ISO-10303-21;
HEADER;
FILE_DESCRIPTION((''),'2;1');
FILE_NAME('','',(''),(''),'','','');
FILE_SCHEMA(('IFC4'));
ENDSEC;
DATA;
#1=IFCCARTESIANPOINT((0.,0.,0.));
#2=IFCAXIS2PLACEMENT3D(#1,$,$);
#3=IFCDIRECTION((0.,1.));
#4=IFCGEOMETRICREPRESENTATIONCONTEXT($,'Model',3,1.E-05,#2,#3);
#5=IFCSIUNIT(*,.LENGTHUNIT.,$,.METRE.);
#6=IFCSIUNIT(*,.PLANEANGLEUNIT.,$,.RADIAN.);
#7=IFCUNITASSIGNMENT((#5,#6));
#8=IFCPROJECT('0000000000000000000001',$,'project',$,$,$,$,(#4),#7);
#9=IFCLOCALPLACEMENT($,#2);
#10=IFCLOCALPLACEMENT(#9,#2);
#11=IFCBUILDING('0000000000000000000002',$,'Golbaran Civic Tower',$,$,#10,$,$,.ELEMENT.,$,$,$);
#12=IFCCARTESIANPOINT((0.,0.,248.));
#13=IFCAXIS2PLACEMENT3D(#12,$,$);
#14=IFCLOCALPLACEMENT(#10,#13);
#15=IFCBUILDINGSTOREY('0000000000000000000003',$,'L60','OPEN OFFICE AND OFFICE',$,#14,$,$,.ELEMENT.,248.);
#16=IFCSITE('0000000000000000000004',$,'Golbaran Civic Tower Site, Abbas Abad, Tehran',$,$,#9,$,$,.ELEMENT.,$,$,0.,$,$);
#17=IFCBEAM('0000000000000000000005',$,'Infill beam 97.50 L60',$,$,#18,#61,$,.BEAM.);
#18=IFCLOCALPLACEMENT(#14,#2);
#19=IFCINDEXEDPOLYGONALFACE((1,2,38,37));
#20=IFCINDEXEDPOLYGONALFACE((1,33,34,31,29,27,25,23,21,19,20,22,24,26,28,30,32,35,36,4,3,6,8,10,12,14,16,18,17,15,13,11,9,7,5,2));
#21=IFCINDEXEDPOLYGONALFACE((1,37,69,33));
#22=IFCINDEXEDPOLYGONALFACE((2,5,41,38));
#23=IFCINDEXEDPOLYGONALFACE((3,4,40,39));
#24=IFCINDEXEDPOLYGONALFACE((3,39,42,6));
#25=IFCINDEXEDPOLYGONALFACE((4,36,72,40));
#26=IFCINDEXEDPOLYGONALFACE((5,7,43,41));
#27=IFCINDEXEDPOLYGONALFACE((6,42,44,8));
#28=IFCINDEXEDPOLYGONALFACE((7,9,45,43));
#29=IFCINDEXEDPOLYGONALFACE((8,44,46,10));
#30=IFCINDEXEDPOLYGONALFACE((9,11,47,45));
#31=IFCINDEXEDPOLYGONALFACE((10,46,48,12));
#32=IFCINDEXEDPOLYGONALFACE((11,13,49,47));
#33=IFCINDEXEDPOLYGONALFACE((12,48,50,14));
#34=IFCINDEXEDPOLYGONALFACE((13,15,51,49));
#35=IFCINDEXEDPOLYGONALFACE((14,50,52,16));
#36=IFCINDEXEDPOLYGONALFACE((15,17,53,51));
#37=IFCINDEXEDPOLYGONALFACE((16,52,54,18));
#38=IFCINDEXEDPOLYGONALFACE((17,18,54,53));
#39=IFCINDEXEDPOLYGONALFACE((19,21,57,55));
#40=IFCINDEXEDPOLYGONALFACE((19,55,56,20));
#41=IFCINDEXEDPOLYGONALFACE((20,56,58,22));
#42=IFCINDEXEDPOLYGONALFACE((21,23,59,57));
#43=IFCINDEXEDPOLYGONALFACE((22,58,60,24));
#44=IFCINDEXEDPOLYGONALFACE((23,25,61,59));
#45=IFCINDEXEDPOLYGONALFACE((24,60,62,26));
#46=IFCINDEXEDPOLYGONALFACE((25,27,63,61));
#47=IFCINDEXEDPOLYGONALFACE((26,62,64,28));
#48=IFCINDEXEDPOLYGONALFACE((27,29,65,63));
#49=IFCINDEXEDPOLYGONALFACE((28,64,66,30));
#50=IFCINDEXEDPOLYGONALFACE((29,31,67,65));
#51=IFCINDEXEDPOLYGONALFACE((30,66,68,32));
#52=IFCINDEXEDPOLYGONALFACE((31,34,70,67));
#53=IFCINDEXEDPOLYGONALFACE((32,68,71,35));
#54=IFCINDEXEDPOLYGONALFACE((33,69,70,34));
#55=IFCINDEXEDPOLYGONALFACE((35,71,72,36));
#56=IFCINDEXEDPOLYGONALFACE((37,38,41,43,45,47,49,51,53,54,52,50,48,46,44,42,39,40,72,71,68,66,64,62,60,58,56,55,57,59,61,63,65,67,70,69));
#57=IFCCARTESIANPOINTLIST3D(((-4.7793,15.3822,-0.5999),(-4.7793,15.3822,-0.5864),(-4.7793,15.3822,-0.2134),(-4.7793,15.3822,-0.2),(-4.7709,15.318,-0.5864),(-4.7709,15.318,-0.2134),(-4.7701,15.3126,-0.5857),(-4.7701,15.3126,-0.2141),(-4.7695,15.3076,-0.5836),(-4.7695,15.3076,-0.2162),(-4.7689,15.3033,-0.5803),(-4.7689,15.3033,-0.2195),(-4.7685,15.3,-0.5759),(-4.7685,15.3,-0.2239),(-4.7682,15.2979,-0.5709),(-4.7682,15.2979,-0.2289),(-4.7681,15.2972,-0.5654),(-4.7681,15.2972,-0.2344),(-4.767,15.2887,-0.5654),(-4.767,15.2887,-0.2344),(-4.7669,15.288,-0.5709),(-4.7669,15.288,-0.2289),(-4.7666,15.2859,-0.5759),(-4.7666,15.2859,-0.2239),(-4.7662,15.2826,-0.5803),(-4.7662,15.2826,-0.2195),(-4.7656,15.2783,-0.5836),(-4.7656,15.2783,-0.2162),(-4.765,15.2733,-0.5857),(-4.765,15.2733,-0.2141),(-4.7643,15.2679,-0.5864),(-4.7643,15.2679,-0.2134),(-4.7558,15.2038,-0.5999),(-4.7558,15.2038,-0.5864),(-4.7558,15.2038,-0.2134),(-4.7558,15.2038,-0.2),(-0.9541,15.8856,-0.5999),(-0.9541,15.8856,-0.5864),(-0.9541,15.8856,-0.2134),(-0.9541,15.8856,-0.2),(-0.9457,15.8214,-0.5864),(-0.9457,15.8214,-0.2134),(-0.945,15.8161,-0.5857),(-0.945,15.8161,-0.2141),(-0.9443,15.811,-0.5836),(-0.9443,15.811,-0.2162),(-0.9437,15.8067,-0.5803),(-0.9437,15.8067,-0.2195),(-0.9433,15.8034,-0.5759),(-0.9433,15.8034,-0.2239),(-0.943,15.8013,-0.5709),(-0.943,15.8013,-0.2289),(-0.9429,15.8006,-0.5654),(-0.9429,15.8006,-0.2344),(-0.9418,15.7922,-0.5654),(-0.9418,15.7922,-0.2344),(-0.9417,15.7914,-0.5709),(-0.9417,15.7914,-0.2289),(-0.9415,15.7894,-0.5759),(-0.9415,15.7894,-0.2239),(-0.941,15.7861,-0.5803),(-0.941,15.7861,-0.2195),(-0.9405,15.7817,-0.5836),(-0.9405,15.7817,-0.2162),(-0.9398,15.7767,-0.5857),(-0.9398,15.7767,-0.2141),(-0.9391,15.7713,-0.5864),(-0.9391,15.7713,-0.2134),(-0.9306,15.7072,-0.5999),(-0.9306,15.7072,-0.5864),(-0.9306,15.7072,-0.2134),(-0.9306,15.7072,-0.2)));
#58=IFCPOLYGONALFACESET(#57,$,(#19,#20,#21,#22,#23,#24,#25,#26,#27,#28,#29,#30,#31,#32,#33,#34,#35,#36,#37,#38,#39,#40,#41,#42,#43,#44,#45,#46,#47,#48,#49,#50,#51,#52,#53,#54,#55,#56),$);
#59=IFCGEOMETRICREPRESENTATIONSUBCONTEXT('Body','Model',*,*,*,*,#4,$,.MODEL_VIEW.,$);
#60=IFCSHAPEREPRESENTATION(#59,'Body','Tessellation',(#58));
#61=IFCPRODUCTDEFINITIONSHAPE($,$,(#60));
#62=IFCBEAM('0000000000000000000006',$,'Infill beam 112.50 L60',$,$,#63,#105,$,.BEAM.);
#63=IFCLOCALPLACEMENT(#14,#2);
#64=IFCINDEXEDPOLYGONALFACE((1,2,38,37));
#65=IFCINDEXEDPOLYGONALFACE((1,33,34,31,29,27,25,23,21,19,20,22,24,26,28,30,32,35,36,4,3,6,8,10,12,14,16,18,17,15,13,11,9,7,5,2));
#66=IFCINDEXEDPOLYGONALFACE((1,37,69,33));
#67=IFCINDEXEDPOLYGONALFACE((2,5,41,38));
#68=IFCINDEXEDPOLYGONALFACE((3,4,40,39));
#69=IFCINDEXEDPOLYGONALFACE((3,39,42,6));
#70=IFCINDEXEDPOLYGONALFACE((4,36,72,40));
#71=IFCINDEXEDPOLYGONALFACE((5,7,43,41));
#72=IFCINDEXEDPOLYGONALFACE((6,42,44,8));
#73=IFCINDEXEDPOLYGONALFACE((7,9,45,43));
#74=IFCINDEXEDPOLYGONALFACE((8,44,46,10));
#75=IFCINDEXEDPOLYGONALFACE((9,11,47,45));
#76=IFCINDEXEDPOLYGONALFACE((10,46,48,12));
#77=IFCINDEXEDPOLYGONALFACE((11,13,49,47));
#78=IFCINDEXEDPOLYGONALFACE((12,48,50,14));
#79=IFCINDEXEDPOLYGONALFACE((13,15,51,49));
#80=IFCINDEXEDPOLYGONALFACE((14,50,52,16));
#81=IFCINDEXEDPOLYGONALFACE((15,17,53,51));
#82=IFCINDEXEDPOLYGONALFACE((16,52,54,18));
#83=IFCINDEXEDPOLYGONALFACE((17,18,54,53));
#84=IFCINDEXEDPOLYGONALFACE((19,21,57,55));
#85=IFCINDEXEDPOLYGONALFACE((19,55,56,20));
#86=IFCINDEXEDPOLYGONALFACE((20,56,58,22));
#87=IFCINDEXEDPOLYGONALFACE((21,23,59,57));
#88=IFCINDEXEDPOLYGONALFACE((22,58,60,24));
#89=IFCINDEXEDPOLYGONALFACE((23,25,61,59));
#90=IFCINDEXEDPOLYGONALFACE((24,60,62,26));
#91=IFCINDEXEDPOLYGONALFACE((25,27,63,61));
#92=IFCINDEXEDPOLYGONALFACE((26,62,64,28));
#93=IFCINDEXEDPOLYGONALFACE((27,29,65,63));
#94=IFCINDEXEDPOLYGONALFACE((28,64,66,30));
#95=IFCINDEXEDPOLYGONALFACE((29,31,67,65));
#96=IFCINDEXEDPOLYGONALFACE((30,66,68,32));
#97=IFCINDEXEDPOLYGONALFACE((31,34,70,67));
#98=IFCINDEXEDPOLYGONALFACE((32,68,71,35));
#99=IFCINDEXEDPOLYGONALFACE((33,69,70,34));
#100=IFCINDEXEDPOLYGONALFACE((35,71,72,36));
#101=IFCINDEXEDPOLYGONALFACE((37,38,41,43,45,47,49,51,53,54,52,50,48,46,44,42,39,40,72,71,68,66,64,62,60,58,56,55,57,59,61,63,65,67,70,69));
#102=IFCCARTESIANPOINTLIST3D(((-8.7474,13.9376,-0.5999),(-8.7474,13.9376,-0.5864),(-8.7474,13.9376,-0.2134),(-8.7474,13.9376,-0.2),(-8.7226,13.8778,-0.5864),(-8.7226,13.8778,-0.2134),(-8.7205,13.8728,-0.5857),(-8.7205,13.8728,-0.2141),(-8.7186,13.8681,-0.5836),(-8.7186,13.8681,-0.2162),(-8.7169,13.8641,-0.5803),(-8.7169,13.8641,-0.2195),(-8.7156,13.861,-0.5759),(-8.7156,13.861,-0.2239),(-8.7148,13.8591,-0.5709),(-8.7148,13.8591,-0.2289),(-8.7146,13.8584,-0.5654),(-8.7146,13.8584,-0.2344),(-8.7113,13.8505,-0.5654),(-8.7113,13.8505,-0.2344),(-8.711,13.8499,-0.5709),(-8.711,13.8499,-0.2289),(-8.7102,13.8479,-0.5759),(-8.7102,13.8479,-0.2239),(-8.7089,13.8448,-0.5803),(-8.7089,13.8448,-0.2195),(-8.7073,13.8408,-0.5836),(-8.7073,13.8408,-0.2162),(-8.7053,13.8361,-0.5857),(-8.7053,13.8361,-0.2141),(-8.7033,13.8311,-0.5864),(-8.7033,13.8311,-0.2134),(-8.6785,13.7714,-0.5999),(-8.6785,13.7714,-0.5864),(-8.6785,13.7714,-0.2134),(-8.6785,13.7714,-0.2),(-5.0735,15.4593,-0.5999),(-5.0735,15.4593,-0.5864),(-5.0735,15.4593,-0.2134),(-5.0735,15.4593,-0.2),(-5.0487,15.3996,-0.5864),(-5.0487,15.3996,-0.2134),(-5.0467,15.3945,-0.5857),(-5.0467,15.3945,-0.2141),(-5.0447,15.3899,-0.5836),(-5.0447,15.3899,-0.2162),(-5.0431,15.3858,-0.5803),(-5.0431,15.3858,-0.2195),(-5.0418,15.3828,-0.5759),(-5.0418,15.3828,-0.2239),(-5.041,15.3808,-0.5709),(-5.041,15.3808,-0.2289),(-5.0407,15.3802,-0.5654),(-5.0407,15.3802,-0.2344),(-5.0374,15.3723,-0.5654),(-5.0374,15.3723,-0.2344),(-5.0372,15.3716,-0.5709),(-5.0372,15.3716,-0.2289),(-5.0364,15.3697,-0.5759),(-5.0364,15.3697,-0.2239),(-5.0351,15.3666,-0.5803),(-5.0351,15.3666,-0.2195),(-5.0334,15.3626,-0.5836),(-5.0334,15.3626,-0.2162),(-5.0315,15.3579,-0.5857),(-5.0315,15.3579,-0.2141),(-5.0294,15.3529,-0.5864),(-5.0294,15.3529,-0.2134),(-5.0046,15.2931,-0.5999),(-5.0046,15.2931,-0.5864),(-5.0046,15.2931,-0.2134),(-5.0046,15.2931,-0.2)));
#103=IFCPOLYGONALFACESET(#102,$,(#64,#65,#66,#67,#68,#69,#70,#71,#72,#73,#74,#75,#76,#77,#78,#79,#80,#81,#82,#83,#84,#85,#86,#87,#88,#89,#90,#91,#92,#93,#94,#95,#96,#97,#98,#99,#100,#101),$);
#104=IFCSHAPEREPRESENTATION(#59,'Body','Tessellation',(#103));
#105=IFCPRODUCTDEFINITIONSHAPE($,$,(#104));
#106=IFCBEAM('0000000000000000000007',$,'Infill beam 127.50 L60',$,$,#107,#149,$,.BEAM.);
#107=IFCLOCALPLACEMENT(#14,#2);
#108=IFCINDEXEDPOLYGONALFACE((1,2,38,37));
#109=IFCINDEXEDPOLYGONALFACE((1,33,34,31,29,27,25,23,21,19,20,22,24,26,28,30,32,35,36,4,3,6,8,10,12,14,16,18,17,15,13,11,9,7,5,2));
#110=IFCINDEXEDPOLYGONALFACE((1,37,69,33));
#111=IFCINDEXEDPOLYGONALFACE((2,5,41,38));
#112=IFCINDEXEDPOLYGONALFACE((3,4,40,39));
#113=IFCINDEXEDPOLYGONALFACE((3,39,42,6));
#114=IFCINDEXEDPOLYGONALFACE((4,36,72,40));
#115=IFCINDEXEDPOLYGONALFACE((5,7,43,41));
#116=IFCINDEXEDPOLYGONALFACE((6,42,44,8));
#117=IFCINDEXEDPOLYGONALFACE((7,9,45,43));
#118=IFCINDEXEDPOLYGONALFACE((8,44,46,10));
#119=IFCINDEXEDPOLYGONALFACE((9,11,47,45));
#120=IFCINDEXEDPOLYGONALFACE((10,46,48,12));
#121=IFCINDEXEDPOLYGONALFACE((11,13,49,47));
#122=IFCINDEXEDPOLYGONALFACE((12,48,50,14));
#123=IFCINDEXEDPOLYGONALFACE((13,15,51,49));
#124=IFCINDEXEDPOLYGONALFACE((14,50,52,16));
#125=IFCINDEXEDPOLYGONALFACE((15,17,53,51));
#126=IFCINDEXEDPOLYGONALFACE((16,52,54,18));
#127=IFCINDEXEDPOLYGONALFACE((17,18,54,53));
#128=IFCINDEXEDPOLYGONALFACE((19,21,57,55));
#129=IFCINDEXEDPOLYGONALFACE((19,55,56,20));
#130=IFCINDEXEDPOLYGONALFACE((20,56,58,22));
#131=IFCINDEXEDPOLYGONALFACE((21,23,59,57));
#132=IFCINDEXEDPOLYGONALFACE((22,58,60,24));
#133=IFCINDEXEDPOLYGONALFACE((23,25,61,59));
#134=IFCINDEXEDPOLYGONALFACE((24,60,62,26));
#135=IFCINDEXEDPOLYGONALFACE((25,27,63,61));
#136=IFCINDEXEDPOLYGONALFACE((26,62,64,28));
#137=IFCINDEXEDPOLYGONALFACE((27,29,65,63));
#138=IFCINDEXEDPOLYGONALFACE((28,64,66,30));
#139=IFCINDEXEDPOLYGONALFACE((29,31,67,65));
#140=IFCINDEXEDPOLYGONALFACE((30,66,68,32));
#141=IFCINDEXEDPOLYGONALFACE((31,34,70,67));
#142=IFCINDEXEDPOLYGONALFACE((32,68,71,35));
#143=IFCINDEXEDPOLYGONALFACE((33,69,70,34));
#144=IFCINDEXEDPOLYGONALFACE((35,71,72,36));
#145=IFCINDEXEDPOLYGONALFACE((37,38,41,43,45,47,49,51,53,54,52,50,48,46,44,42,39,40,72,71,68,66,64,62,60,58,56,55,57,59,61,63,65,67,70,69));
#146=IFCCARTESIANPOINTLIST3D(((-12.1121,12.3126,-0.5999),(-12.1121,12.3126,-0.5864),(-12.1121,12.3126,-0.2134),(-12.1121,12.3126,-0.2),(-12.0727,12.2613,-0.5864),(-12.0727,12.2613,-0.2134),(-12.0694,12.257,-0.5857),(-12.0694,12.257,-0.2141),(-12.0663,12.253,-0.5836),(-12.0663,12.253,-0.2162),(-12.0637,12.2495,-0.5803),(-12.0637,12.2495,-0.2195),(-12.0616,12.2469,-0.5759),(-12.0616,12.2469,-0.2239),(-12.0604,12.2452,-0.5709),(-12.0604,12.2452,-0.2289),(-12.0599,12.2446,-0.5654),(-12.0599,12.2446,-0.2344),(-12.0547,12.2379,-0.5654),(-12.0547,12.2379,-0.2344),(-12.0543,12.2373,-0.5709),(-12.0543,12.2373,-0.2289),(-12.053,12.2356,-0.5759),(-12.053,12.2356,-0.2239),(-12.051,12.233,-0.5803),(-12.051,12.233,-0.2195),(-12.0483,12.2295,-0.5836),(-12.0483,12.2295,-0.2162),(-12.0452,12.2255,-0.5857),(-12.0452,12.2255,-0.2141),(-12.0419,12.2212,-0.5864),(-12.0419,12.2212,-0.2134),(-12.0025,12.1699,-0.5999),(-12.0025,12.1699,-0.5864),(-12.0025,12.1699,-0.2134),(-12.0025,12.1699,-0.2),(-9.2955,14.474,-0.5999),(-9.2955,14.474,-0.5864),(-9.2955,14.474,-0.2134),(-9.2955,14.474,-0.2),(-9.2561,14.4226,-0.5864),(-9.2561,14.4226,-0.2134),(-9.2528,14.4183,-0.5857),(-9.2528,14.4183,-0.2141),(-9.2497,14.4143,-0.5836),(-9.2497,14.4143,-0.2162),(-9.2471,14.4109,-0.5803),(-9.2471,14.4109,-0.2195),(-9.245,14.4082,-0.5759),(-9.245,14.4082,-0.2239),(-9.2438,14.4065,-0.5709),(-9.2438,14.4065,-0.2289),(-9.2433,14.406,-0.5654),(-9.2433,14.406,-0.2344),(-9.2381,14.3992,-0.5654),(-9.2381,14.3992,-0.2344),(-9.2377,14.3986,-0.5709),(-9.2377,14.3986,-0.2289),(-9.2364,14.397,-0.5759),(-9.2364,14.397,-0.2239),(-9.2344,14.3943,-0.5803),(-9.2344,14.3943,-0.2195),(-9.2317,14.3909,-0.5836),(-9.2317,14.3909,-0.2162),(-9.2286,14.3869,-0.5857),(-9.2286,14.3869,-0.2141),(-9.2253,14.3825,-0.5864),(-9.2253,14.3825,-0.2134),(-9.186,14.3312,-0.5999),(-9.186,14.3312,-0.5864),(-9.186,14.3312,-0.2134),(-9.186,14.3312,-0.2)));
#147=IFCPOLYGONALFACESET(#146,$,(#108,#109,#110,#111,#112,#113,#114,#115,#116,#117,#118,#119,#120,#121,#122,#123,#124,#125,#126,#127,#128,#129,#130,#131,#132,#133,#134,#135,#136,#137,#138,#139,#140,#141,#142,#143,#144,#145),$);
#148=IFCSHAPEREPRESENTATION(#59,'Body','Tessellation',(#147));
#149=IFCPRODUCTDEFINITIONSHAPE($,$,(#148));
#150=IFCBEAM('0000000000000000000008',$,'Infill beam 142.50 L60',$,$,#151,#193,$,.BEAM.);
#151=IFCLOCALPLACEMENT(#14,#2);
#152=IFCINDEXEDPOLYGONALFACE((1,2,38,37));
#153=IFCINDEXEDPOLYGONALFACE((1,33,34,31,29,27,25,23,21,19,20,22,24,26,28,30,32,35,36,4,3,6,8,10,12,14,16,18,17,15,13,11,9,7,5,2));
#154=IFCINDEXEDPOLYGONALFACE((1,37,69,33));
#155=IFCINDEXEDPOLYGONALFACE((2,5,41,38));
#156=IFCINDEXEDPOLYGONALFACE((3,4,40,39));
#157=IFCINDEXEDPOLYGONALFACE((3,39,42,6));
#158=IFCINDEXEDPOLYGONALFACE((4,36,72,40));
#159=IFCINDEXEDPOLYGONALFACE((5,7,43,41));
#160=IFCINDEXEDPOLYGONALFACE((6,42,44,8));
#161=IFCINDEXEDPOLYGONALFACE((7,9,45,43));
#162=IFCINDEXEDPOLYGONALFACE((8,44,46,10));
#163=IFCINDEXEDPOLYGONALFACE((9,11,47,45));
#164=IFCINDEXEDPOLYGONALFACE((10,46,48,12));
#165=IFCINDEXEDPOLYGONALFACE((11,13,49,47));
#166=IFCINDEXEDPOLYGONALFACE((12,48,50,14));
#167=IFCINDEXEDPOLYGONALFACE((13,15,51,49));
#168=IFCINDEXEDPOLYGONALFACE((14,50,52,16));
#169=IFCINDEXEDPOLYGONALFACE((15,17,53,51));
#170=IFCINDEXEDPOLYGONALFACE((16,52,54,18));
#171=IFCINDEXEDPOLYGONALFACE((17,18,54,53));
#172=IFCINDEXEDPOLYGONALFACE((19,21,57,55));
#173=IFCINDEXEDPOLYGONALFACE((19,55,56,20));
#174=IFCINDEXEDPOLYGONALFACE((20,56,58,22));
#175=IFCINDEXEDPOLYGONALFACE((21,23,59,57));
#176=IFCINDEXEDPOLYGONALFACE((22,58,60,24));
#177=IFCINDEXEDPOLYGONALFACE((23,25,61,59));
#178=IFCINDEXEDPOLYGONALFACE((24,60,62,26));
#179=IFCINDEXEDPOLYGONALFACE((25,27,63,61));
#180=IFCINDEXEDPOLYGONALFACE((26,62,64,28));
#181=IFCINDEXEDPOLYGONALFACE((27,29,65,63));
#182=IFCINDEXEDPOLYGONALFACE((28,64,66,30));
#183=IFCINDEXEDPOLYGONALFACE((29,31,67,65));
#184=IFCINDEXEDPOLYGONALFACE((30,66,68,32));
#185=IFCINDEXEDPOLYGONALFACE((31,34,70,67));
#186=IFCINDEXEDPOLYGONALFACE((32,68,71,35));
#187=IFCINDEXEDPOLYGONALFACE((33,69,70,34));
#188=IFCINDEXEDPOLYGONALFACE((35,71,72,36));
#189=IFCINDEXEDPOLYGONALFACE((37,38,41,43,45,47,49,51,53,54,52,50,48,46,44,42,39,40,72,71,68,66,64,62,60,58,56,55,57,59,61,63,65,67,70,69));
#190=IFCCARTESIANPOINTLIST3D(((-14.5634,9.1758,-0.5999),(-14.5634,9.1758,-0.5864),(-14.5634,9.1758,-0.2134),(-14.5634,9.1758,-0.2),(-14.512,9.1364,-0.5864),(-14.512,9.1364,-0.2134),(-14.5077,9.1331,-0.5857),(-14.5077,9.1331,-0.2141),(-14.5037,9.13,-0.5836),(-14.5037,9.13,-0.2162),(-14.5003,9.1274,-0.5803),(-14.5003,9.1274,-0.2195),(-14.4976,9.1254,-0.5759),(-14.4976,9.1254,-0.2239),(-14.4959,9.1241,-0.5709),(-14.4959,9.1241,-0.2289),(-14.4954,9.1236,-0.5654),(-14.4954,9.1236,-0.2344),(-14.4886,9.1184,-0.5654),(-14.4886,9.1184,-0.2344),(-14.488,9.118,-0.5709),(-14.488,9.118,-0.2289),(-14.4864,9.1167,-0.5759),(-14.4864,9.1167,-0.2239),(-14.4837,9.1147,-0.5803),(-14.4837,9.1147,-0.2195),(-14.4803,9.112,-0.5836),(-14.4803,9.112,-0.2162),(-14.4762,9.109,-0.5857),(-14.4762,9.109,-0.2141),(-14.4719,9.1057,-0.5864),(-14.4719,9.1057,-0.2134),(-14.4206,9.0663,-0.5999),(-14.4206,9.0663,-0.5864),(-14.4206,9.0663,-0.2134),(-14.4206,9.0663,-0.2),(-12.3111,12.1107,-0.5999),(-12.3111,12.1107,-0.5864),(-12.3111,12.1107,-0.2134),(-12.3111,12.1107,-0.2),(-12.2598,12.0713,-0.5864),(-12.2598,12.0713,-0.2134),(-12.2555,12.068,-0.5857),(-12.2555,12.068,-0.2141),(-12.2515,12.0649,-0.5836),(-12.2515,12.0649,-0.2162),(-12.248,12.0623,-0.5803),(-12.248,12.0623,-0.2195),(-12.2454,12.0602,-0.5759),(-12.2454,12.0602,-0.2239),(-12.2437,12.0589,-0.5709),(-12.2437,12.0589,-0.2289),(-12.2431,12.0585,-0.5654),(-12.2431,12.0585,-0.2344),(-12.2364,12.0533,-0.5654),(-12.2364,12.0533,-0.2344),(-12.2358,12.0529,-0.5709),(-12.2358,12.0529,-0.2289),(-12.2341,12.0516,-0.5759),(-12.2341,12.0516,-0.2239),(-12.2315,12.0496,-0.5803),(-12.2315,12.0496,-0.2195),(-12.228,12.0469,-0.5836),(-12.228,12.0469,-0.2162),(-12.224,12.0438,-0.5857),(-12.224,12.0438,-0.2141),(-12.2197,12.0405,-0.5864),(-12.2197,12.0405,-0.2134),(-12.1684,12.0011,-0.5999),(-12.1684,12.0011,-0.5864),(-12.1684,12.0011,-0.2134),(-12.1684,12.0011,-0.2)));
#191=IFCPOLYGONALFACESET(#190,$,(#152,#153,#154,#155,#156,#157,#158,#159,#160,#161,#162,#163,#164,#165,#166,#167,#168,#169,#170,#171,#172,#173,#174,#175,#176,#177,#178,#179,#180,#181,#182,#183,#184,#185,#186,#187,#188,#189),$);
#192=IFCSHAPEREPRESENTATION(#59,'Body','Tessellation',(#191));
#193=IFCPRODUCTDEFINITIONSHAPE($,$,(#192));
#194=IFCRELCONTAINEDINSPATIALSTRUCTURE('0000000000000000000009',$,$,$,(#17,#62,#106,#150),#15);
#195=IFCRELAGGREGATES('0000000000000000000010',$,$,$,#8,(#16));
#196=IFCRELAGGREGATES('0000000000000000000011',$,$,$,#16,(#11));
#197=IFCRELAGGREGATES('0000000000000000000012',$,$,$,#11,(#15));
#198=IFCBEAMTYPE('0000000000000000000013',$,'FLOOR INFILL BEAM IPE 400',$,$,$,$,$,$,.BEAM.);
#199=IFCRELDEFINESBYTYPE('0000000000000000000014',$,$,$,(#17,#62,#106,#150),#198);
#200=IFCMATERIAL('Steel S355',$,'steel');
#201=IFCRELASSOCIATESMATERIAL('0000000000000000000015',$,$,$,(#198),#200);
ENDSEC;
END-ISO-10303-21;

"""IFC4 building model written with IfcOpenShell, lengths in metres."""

from ifc_helpers import new_model, si_unit, direction, frame, origin, origin_2d, place, context, subcontext, project, spatial, i_section, extrude, material, material_profile, profile_set, type_object, element, save


model = new_model("IFC4")

# Units and contexts
model_context = context("Model", 3, precision=1e-05, world=origin(), true_north=direction((0.0, 1.0)))
body_context = subcontext(model_context, "Body", "Model", "MODEL_VIEW")
ifc_project = project(units=[si_unit("LENGTHUNIT", "METRE"), si_unit("PLANEANGLEUNIT", "RADIAN")], contexts=[model_context])

# Site, building, storey
site_placement = place(None, origin())
site = spatial("IfcSite", under=ifc_project, at=site_placement, Name="Golbaran Civic Tower Site, Abbas Abad, Tehran", CompositionType="ELEMENT", RefElevation=0.0)
building_placement = place(site_placement, origin())
building = spatial("IfcBuilding", under=site, at=building_placement, Name="Golbaran Civic Tower", CompositionType="ELEMENT")
storey_placement = place(building_placement, frame((0.0, 0.0, 248.0)))
storey = spatial("IfcBuildingStorey", under=building, at=storey_placement, Name="L60", Description="OPEN OFFICE AND OFFICE", CompositionType="ELEMENT", Elevation=248.0)

# Beams
ifc_material_1 = material(Name="Steel S355", Category="steel")
ifc_material_profile_1 = material_profile(ifc_material_1, i_section(OverallWidth=0.1799, OverallDepth=0.3999, WebThickness=0.0085, FlangeThickness=0.0134, FilletRadius=0.021, at=origin_2d()), Name="IPE 400")
ifc_profile_set_1 = profile_set([ifc_material_profile_1], Name="Steel S355")
beam_type_1 = type_object("IfcBeamType", Name="FLOOR INFILL BEAM IPE 400", PredefinedType="BEAM", material=ifc_profile_set_1)
beam_1_placement = place(storey_placement, frame((-0.9424, 15.7964, -0.3999), z_axis=(-0.991451, -0.130481, 0.0), x_axis=(0.130481, -0.991451, 0.0)))
element("IfcBeam", 1, at=beam_1_placement, inside=storey, type_object=beam_type_1, Name="Infill beam 97.50 L60", PredefinedType="BEAM", context=body_context, shape_type="SweptSolid", body=[
    extrude(i_section(OverallWidth=0.1799, OverallDepth=0.3999, WebThickness=0.0085, FlangeThickness=0.0134, FilletRadius=0.021, at=origin_2d()), origin(), (0.0, 0.0, 1.0), 3.8582),
])
beam_2_placement = place(storey_placement, frame((-5.0391, 15.3762, -0.3999), z_axis=(-0.923881, -0.382679, 0.0), x_axis=(0.382679, -0.923881, 0.0)))
element("IfcBeam", 2, at=beam_2_placement, inside=storey, type_object=beam_type_1, Name="Infill beam 112.50 L60", PredefinedType="BEAM", context=body_context, shape_type="SweptSolid", body=[
    extrude(i_section(OverallWidth=0.1799, OverallDepth=0.3999, WebThickness=0.0085, FlangeThickness=0.0134, FilletRadius=0.021, at=origin_2d()), origin(), (0.0, 0.0, 1.0), 3.9766),
])
beam_3_placement = place(storey_placement, frame((-9.2407, 14.4026, -0.3999), z_axis=(-0.793342, -0.608777, 0.0), x_axis=(0.608777, -0.793342, 0.0)))
element("IfcBeam", 3, at=beam_3_placement, inside=storey, type_object=beam_type_1, Name="Infill beam 127.50 L60", PredefinedType="BEAM", context=body_context, shape_type="SweptSolid", body=[
    extrude(i_section(OverallWidth=0.1799, OverallDepth=0.3999, WebThickness=0.0085, FlangeThickness=0.0134, FilletRadius=0.021, at=origin_2d()), origin(), (0.0, 0.0, 1.0), 3.5503),
])
beam_4_placement = place(storey_placement, frame((-12.2397, 12.0559, -0.3999), z_axis=(-0.608801, -0.793323, 0.0), x_axis=(0.793323, -0.608801, 0.0)))
element("IfcBeam", 4, at=beam_4_placement, inside=storey, type_object=beam_type_1, Name="Infill beam 142.50 L60", PredefinedType="BEAM", context=body_context, shape_type="SweptSolid", body=[
    extrude(i_section(OverallWidth=0.1799, OverallDepth=0.3999, WebThickness=0.0085, FlangeThickness=0.0134, FilletRadius=0.021, at=origin_2d()), origin(), (0.0, 0.0, 1.0), 3.6995),
])

save(model, "model.ifc")
